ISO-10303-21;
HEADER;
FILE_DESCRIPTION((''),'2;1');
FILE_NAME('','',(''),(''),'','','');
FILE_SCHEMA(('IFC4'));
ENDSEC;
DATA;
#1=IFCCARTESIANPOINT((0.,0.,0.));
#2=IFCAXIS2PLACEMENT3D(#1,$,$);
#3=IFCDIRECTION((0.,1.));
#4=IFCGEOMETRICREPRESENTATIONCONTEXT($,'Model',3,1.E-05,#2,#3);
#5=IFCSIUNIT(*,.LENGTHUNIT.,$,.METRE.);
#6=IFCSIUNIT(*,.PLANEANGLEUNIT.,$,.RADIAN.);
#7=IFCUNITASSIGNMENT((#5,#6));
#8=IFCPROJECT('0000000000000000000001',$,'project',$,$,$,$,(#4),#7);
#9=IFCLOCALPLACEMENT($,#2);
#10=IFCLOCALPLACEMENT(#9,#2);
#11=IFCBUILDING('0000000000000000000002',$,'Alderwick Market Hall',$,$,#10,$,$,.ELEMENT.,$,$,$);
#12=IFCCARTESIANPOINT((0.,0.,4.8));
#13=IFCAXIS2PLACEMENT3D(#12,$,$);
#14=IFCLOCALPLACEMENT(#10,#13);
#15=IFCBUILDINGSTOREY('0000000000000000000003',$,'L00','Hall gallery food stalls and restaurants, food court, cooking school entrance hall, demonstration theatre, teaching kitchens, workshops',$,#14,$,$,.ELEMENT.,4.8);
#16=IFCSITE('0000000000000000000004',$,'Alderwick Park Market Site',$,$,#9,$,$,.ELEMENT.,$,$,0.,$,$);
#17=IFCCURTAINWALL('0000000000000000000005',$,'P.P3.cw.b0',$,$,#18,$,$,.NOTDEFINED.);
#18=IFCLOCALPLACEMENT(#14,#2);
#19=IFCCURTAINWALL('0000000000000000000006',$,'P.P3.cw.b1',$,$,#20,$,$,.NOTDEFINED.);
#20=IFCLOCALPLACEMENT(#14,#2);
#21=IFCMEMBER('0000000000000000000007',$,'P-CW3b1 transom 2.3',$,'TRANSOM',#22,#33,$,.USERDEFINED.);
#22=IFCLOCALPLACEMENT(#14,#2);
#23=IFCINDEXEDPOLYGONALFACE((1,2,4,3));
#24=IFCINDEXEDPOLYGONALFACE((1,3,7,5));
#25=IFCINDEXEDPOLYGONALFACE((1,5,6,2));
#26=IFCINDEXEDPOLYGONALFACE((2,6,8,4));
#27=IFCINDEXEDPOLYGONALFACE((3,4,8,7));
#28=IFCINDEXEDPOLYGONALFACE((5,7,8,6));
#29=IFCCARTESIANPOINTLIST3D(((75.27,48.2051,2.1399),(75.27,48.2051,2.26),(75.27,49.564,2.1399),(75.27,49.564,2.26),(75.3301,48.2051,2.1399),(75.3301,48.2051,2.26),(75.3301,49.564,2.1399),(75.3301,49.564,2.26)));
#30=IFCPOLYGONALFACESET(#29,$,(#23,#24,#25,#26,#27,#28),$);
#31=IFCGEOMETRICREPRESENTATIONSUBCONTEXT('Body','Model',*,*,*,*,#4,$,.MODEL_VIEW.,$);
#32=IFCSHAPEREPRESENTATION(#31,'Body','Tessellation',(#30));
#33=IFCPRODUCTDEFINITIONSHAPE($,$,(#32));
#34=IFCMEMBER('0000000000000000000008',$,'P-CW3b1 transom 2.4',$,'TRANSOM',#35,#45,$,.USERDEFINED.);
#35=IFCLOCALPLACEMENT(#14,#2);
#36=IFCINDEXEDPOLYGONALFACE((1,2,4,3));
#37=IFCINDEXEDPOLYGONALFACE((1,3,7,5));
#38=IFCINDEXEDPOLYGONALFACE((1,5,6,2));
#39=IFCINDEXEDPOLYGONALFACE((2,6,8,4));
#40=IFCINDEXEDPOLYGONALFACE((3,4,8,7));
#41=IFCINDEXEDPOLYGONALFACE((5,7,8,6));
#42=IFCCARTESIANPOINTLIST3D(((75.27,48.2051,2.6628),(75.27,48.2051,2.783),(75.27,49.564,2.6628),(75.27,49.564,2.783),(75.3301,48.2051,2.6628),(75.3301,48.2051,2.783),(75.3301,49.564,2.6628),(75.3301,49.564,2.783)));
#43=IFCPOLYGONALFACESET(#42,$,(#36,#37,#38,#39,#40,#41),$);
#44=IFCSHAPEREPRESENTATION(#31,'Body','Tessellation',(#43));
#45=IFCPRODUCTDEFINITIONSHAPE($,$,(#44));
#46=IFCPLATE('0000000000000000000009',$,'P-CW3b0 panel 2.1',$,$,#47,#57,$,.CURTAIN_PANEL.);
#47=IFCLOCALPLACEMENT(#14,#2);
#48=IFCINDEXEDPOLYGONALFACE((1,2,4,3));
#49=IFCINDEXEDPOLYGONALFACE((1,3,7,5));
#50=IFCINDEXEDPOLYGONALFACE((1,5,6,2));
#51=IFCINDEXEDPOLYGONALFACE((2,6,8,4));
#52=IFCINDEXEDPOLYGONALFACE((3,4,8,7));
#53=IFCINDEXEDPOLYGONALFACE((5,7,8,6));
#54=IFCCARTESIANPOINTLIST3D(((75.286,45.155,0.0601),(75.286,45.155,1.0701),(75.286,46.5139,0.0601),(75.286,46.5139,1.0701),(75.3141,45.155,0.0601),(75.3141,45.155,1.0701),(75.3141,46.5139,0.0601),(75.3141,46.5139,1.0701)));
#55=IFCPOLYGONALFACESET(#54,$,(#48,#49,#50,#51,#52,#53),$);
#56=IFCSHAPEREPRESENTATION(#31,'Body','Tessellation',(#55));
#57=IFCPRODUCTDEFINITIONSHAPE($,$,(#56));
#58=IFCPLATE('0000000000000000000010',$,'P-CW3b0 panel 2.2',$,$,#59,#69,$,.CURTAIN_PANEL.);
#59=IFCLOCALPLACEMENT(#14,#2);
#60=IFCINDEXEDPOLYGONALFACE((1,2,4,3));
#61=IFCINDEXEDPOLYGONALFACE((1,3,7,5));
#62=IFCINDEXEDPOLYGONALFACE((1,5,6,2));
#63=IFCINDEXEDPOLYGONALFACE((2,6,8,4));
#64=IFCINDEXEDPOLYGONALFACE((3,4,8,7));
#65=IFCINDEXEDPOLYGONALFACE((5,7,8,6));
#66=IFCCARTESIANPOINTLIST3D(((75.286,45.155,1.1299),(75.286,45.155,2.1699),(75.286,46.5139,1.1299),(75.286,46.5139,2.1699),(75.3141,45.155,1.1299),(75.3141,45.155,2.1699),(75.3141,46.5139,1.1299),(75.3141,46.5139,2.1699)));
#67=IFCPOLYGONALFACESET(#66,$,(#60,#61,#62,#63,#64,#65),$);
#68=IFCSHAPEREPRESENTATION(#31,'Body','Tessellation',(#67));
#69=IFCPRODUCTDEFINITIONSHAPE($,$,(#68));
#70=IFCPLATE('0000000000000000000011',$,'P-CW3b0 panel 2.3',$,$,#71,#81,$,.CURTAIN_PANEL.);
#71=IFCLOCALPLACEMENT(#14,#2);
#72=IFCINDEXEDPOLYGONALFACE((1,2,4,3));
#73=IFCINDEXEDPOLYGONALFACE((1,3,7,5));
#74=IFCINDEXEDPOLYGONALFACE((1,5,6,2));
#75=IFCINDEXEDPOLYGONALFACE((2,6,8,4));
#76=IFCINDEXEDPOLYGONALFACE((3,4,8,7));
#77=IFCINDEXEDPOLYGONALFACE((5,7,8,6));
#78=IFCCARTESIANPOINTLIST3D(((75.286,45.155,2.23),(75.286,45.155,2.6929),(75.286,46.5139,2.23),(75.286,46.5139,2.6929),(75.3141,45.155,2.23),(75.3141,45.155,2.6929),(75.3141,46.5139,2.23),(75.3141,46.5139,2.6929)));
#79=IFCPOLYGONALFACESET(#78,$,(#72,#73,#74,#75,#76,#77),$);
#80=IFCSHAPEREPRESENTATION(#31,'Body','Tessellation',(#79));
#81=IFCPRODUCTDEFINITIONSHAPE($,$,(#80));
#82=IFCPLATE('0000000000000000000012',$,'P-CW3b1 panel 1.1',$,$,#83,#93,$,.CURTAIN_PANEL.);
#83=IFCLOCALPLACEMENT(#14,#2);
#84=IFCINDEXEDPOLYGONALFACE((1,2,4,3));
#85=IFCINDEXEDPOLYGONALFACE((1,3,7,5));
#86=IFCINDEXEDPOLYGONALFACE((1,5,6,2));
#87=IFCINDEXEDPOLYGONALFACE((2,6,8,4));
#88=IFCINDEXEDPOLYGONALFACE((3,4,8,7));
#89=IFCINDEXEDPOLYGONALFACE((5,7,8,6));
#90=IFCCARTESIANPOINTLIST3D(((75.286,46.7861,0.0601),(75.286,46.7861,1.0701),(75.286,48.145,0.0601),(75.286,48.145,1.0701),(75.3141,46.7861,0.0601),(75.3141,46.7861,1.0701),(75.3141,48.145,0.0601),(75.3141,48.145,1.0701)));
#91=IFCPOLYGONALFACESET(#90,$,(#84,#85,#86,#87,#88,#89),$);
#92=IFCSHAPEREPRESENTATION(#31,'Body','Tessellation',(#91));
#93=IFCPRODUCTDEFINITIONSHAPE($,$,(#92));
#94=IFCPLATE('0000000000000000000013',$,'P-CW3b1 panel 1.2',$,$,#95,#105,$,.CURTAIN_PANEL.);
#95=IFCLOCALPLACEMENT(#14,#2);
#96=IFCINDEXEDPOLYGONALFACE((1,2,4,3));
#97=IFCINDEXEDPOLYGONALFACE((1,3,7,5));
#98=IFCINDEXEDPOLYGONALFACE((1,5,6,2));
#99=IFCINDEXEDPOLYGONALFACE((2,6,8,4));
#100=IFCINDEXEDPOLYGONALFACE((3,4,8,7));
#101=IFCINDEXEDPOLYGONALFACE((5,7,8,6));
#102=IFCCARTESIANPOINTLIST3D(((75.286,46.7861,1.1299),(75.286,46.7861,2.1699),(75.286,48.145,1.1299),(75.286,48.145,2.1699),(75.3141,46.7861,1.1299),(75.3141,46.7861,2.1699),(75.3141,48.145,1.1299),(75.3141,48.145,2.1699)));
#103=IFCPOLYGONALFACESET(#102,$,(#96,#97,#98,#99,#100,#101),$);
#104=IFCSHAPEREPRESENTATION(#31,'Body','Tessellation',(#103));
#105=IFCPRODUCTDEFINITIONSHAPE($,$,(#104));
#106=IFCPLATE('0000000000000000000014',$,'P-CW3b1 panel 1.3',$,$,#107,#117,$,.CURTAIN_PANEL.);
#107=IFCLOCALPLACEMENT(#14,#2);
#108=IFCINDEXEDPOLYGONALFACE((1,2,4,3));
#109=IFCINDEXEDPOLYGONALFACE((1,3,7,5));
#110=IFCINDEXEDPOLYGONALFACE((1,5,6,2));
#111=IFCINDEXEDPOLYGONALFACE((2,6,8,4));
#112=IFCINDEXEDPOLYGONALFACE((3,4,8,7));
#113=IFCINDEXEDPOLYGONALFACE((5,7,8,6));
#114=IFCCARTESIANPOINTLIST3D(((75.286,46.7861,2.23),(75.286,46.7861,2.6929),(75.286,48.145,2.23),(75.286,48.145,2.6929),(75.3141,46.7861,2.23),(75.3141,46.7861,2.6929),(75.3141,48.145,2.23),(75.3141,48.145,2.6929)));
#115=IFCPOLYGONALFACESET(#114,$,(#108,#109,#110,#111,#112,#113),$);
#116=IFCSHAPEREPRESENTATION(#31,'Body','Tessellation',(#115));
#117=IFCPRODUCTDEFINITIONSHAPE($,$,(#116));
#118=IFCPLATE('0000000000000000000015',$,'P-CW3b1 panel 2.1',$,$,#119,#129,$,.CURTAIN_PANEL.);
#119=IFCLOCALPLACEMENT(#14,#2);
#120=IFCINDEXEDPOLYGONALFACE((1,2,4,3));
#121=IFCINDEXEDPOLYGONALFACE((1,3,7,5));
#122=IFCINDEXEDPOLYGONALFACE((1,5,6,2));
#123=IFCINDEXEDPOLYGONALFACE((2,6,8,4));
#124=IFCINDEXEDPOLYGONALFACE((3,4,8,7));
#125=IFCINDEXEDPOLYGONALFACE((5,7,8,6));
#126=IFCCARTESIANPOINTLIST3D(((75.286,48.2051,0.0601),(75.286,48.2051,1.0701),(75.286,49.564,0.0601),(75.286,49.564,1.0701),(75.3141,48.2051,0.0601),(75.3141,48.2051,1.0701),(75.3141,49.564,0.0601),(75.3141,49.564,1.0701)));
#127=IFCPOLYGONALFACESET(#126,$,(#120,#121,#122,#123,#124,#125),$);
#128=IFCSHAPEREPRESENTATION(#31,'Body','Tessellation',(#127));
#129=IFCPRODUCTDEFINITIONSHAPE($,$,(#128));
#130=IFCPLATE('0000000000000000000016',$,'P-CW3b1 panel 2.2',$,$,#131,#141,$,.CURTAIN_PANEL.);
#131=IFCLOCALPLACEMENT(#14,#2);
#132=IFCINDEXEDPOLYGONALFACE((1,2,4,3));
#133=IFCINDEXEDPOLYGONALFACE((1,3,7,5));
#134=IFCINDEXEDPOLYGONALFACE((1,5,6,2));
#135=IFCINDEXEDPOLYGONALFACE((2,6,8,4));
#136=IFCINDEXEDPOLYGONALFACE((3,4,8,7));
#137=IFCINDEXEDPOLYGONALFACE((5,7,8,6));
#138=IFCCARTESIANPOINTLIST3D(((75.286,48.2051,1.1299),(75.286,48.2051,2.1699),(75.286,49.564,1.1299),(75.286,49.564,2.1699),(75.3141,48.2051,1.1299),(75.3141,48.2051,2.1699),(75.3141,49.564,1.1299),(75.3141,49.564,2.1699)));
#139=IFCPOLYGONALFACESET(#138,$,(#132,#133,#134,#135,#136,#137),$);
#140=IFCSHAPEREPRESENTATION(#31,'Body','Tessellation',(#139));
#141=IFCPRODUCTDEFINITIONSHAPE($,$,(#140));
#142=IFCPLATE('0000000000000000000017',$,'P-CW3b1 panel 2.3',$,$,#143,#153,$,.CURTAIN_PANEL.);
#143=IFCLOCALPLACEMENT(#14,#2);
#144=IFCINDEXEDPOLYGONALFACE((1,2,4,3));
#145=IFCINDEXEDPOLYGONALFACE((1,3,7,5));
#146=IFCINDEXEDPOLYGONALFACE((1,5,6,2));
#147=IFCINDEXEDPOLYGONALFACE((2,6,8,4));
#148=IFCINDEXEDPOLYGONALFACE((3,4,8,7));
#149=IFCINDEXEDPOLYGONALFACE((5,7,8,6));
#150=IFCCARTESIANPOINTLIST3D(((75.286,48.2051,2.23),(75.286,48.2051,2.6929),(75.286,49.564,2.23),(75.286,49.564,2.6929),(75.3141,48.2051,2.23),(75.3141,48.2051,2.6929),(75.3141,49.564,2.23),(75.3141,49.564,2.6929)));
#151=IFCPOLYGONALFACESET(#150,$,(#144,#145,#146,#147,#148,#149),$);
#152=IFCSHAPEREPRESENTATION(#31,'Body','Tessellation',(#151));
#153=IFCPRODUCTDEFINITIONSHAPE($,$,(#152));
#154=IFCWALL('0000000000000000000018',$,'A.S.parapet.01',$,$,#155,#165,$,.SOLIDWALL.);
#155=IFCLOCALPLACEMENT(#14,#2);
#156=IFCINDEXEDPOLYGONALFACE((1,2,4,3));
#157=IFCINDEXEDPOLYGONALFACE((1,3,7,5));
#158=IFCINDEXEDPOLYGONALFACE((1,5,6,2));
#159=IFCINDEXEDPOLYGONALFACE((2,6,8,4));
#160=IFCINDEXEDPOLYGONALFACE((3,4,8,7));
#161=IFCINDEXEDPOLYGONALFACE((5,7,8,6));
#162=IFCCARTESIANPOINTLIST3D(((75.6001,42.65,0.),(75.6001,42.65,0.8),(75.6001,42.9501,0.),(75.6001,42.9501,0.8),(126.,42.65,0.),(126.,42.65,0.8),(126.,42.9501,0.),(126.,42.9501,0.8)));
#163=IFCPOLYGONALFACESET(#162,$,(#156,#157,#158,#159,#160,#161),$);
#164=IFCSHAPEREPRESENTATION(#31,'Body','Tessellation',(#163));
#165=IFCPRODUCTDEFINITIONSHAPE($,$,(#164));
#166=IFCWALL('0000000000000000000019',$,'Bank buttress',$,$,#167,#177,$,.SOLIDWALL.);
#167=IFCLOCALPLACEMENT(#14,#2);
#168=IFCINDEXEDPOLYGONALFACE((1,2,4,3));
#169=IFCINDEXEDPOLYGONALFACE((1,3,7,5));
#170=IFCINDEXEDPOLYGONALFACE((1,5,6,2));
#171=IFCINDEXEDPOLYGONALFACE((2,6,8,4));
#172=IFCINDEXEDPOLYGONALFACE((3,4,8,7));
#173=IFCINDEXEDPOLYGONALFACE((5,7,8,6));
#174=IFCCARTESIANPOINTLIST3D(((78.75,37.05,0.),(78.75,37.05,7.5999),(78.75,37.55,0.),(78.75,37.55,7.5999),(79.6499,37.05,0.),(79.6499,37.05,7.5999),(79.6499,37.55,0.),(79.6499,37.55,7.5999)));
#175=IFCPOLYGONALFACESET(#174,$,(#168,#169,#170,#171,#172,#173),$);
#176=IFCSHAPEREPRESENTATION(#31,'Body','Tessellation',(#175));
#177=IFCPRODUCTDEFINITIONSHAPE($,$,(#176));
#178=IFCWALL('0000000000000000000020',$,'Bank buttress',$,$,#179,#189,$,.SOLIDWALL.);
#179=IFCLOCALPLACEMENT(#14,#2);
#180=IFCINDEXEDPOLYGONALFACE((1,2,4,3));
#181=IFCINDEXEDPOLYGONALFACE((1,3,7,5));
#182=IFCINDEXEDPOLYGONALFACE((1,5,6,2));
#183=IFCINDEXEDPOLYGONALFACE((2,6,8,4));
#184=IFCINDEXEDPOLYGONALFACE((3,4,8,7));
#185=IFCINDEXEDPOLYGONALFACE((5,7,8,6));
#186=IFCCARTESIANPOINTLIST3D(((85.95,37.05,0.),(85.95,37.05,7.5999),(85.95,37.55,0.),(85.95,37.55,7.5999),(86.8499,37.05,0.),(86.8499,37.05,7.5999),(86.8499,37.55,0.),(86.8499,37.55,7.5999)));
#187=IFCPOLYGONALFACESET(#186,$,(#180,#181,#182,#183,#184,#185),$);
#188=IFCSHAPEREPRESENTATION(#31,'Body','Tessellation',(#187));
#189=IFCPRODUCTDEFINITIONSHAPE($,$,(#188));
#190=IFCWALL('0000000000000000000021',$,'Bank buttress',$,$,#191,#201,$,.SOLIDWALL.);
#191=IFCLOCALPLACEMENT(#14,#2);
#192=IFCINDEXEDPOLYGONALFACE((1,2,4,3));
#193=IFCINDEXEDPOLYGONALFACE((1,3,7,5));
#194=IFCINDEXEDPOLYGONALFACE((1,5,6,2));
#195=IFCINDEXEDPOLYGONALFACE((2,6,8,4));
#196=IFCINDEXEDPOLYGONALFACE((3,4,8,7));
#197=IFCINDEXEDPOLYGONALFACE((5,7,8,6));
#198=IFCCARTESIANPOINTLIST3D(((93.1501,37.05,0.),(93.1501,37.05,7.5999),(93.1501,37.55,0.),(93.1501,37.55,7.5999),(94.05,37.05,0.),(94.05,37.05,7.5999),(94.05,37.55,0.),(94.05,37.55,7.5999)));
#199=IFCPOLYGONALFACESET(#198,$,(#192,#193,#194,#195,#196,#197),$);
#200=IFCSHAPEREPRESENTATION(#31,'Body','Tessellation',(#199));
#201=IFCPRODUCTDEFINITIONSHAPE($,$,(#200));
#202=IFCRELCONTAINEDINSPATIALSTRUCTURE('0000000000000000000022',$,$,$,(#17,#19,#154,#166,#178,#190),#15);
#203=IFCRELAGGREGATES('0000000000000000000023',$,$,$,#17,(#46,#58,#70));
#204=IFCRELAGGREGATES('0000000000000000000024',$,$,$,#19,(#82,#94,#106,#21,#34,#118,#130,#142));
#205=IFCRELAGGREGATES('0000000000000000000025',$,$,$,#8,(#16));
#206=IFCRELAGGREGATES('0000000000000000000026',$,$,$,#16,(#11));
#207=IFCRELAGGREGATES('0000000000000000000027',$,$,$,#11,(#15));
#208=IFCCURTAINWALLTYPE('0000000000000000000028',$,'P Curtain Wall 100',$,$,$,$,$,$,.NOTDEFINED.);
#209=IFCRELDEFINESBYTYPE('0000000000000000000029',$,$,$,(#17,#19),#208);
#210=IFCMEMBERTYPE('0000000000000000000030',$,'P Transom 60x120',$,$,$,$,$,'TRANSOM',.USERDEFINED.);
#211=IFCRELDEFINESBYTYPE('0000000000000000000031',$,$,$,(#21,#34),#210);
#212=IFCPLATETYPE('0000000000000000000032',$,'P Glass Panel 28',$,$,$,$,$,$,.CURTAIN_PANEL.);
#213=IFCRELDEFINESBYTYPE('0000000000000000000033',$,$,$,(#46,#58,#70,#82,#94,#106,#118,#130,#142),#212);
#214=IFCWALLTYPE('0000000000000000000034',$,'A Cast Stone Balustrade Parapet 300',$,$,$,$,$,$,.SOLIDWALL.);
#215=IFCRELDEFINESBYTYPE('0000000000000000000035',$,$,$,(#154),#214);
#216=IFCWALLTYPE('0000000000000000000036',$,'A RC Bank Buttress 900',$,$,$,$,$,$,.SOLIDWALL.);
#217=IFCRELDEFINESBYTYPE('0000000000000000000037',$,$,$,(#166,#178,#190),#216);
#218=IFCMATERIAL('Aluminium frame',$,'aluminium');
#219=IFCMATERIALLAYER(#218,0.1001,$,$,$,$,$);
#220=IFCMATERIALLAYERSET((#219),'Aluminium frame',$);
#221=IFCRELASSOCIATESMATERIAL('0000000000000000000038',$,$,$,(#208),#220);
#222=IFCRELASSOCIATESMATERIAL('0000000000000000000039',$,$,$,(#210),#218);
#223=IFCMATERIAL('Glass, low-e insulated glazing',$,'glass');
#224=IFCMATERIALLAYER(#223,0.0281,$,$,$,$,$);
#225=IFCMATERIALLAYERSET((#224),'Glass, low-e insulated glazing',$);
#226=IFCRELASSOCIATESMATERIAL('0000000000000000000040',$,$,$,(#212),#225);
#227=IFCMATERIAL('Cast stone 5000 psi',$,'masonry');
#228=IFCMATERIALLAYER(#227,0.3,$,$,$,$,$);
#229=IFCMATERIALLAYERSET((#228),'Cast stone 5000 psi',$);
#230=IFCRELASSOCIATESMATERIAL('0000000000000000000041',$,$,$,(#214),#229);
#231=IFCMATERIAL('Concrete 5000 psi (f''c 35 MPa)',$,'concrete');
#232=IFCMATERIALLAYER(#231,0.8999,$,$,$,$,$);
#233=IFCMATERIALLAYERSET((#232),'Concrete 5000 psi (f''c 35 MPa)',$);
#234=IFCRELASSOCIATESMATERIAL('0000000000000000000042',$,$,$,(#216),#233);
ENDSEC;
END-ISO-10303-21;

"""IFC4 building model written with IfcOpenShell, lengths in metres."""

from ifc_helpers import new_model, si_unit, direction, frame, frame_2d, origin, origin_2d, place, context, subcontext, project, spatial, rectangle, extrude, material, layer, layer_set, material_profile, profile_set, type_object, element, aggregate, save


model = new_model("IFC4")

# Units and contexts
model_context = context("Model", 3, precision=1e-05, world=origin(), true_north=direction((0.0, 1.0)))
body_context = subcontext(model_context, "Body", "Model", "MODEL_VIEW")
ifc_project = project(units=[si_unit("LENGTHUNIT", "METRE"), si_unit("PLANEANGLEUNIT", "RADIAN")], contexts=[model_context])

# Site, building, storey
site_placement = place(None, origin())
site = spatial("IfcSite", under=ifc_project, at=site_placement, Name="Alderwick Park Market Site", CompositionType="ELEMENT", RefElevation=0.0)
building_placement = place(site_placement, origin())
building = spatial("IfcBuilding", under=site, at=building_placement, Name="Alderwick Market Hall", CompositionType="ELEMENT")
storey_placement = place(building_placement, frame((0.0, 0.0, 4.8)))
storey = spatial("IfcBuildingStorey", under=building, at=storey_placement, Name="L00", Description="Hall gallery food stalls and restaurants, food court, cooking school entrance hall, demonstration theatre, teaching kitchens, workshops", CompositionType="ELEMENT", Elevation=4.8)

# Curtain wall
ifc_material_1 = material(Name="Aluminium frame", Category="aluminium")
ifc_layer_1 = layer(ifc_material_1, 0.1001)
ifc_layer_set_1 = layer_set([ifc_layer_1], Name="Aluminium frame")
curtain_wall_type = type_object("IfcCurtainWallType", Name="P Curtain Wall 100", PredefinedType="NOTDEFINED", material=ifc_layer_set_1)
curtain_wall_1_placement = place(storey_placement, origin())
curtain_wall_1 = element("IfcCurtainWall", 1, at=curtain_wall_1_placement, inside=storey, type_object=curtain_wall_type, Name="P.P3.cw.b0", PredefinedType="NOTDEFINED")

# Curtain wall
curtain_wall_2_placement = place(storey_placement, origin())
curtain_wall_2 = element("IfcCurtainWall", 2, at=curtain_wall_2_placement, inside=storey, type_object=curtain_wall_type, Name="P.P3.cw.b1", PredefinedType="NOTDEFINED")

# Members
ifc_material_profile_1 = material_profile(ifc_material_1, rectangle(XDim=0.0601, YDim=0.1201, at=origin_2d()), Name="P Transom 60x120")
ifc_profile_set_1 = profile_set([ifc_material_profile_1], Name="Aluminium frame")
member_type_1 = type_object("IfcMemberType", Name="P Transom 60x120", ElementType="TRANSOM", PredefinedType="USERDEFINED", material=ifc_profile_set_1)
member_1_placement = place(storey_placement, frame((75.3, 48.2051, 2.2), z_axis=(0.0, 1.0, 0.0), x_axis=(-1.0, 0.0, 0.0)))
member_1 = element("IfcMember", 3, at=member_1_placement, type_object=member_type_1, Name="P-CW3b1 transom 2.3", ObjectType="TRANSOM", PredefinedType="USERDEFINED", context=body_context, shape_type="SweptSolid", body=[
    extrude(rectangle(XDim=0.0601, YDim=0.1201, at=origin_2d()), origin(), (0.0, 0.0, 1.0), 1.3589),
])
member_2_placement = place(storey_placement, frame((75.3, 48.2051, 2.7229), z_axis=(0.0, 1.0, 0.0), x_axis=(-1.0, 0.0, 0.0)))
member_2 = element("IfcMember", 4, at=member_2_placement, type_object=member_type_1, Name="P-CW3b1 transom 2.4", ObjectType="TRANSOM", PredefinedType="USERDEFINED", context=body_context, shape_type="SweptSolid", body=[
    extrude(rectangle(XDim=0.0601, YDim=0.1201, at=origin_2d()), origin(), (0.0, 0.0, 1.0), 1.3589),
])

# Plates
ifc_material_2 = material(Name="Glass, low-e insulated glazing", Category="glass")
ifc_layer_2 = layer(ifc_material_2, 0.0281)
ifc_layer_set_2 = layer_set([ifc_layer_2], Name="Glass, low-e insulated glazing")
plate_type = type_object("IfcPlateType", Name="P Glass Panel 28", PredefinedType="CURTAIN_PANEL", material=ifc_layer_set_2)
plate_1_placement = place(storey_placement, frame((75.3, 45.8345, 0.0601), z_axis=(0.0, 0.0, 1.0), x_axis=(0.0, 1.0, 0.0)))
plate_1 = element("IfcPlate", 5, at=plate_1_placement, type_object=plate_type, Name="P-CW3b0 panel 2.1", PredefinedType="CURTAIN_PANEL", context=body_context, shape_type="SweptSolid", body=[
    extrude(rectangle(XDim=1.3589, YDim=0.0281, at=origin_2d()), origin(), (0.0, 0.0, 1.0), 1.01),
])
plate_2_placement = place(storey_placement, frame((75.3, 45.8345, 1.1299), z_axis=(0.0, 0.0, 1.0), x_axis=(0.0, 1.0, 0.0)))
plate_2 = element("IfcPlate", 6, at=plate_2_placement, type_object=plate_type, Name="P-CW3b0 panel 2.2", PredefinedType="CURTAIN_PANEL", context=body_context, shape_type="SweptSolid", body=[
    extrude(rectangle(XDim=1.3589, YDim=0.0281, at=origin_2d()), origin(), (0.0, 0.0, 1.0), 1.04),
])
plate_3_placement = place(storey_placement, frame((75.3, 45.8345, 2.23), z_axis=(0.0, 0.0, 1.0), x_axis=(0.0, 1.0, 0.0)))
plate_3 = element("IfcPlate", 7, at=plate_3_placement, type_object=plate_type, Name="P-CW3b0 panel 2.3", PredefinedType="CURTAIN_PANEL", context=body_context, shape_type="SweptSolid", body=[
    extrude(rectangle(XDim=1.3589, YDim=0.0281, at=origin_2d()), origin(), (0.0, 0.0, 1.0), 0.4629),
])
aggregate(curtain_wall_1, [plate_1, plate_2, plate_3])
plate_4_placement = place(storey_placement, frame((75.3, 47.4656, 0.0601), z_axis=(0.0, 0.0, 1.0), x_axis=(0.0, 1.0, 0.0)))
plate_4 = element("IfcPlate", 8, at=plate_4_placement, type_object=plate_type, Name="P-CW3b1 panel 1.1", PredefinedType="CURTAIN_PANEL", context=body_context, shape_type="SweptSolid", body=[
    extrude(rectangle(XDim=1.3589, YDim=0.0281, at=origin_2d()), origin(), (0.0, 0.0, 1.0), 1.01),
])
plate_5_placement = place(storey_placement, frame((75.3, 47.4656, 1.1299), z_axis=(0.0, 0.0, 1.0), x_axis=(0.0, 1.0, 0.0)))
plate_5 = element("IfcPlate", 9, at=plate_5_placement, type_object=plate_type, Name="P-CW3b1 panel 1.2", PredefinedType="CURTAIN_PANEL", context=body_context, shape_type="SweptSolid", body=[
    extrude(rectangle(XDim=1.3589, YDim=0.0281, at=origin_2d()), origin(), (0.0, 0.0, 1.0), 1.04),
])
plate_6_placement = place(storey_placement, frame((75.3, 47.4656, 2.23), z_axis=(0.0, 0.0, 1.0), x_axis=(0.0, 1.0, 0.0)))
plate_6 = element("IfcPlate", 10, at=plate_6_placement, type_object=plate_type, Name="P-CW3b1 panel 1.3", PredefinedType="CURTAIN_PANEL", context=body_context, shape_type="SweptSolid", body=[
    extrude(rectangle(XDim=1.3589, YDim=0.0281, at=origin_2d()), origin(), (0.0, 0.0, 1.0), 0.4629),
])
plate_7_placement = place(storey_placement, frame((75.3, 48.8845, 0.0601), z_axis=(0.0, 0.0, 1.0), x_axis=(0.0, 1.0, 0.0)))
plate_7 = element("IfcPlate", 11, at=plate_7_placement, type_object=plate_type, Name="P-CW3b1 panel 2.1", PredefinedType="CURTAIN_PANEL", context=body_context, shape_type="SweptSolid", body=[
    extrude(rectangle(XDim=1.3589, YDim=0.0281, at=origin_2d()), origin(), (0.0, 0.0, 1.0), 1.01),
])
plate_8_placement = place(storey_placement, frame((75.3, 48.8845, 1.1299), z_axis=(0.0, 0.0, 1.0), x_axis=(0.0, 1.0, 0.0)))
plate_8 = element("IfcPlate", 12, at=plate_8_placement, type_object=plate_type, Name="P-CW3b1 panel 2.2", PredefinedType="CURTAIN_PANEL", context=body_context, shape_type="SweptSolid", body=[
    extrude(rectangle(XDim=1.3589, YDim=0.0281, at=origin_2d()), origin(), (0.0, 0.0, 1.0), 1.04),
])
plate_9_placement = place(storey_placement, frame((75.3, 48.8845, 2.23), z_axis=(0.0, 0.0, 1.0), x_axis=(0.0, 1.0, 0.0)))
plate_9 = element("IfcPlate", 13, at=plate_9_placement, type_object=plate_type, Name="P-CW3b1 panel 2.3", PredefinedType="CURTAIN_PANEL", context=body_context, shape_type="SweptSolid", body=[
    extrude(rectangle(XDim=1.3589, YDim=0.0281, at=origin_2d()), origin(), (0.0, 0.0, 1.0), 0.4629),
])
aggregate(curtain_wall_2, [plate_4, plate_5, plate_6, member_1, member_2, plate_7, plate_8, plate_9])

# Walls
ifc_material_3 = material(Name="Cast stone 5000 psi", Category="masonry")
ifc_layer_3 = layer(ifc_material_3, 0.3)
ifc_layer_set_3 = layer_set([ifc_layer_3], Name="Cast stone 5000 psi")
wall_type_1 = type_object("IfcWallType", Name="A Cast Stone Balustrade Parapet 300", PredefinedType="SOLIDWALL", material=ifc_layer_set_3)
wall_1_placement = place(storey_placement, frame((75.6001, 42.8, 0.0), z_axis=(0.0, 0.0, 1.0), x_axis=(1.0, 0.0, 0.0)))
element("IfcWall", 14, at=wall_1_placement, inside=storey, type_object=wall_type_1, Name="A.S.parapet.01", PredefinedType="SOLIDWALL", context=body_context, shape_type="SweptSolid", body=[
    extrude(rectangle(XDim=50.3999, YDim=0.3, at=frame_2d((25.2, 0.0))), origin(), (0.0, 0.0, 1.0), 0.8),
])
ifc_material_4 = material(Name="Concrete 5000 psi (f'c 35 MPa)", Category="concrete")
ifc_layer_4 = layer(ifc_material_4, 0.8999)
ifc_layer_set_4 = layer_set([ifc_layer_4], Name="Concrete 5000 psi (f'c 35 MPa)")
wall_type_2 = type_object("IfcWallType", Name="A RC Bank Buttress 900", PredefinedType="SOLIDWALL", material=ifc_layer_set_4)
for number, where, z_axis, x_axis, name in (
    (15, (79.2, 37.05, 0.0), (0.0, 0.0, 1.0), (0.0, 1.0, 0.0), "Bank buttress"),
    (16, (86.3999, 37.05, 0.0), (0.0, 0.0, 1.0), (0.0, 1.0, 0.0), "Bank buttress"),
    (17, (93.6001, 37.05, 0.0), (0.0, 0.0, 1.0), (0.0, 1.0, 0.0), "Bank buttress"),
):
    element("IfcWall", number, at=place(storey_placement, frame(where, z_axis=z_axis, x_axis=x_axis)), inside=storey, type_object=wall_type_2, Name=name, PredefinedType="SOLIDWALL", context=body_context, shape_type="SweptSolid", body=[
        extrude(rectangle(XDim=0.5, YDim=0.8999, at=frame_2d((0.25, 0.0))), origin(), (0.0, 0.0, 1.0), 7.5999),
    ])

save(model, "model.ifc")
